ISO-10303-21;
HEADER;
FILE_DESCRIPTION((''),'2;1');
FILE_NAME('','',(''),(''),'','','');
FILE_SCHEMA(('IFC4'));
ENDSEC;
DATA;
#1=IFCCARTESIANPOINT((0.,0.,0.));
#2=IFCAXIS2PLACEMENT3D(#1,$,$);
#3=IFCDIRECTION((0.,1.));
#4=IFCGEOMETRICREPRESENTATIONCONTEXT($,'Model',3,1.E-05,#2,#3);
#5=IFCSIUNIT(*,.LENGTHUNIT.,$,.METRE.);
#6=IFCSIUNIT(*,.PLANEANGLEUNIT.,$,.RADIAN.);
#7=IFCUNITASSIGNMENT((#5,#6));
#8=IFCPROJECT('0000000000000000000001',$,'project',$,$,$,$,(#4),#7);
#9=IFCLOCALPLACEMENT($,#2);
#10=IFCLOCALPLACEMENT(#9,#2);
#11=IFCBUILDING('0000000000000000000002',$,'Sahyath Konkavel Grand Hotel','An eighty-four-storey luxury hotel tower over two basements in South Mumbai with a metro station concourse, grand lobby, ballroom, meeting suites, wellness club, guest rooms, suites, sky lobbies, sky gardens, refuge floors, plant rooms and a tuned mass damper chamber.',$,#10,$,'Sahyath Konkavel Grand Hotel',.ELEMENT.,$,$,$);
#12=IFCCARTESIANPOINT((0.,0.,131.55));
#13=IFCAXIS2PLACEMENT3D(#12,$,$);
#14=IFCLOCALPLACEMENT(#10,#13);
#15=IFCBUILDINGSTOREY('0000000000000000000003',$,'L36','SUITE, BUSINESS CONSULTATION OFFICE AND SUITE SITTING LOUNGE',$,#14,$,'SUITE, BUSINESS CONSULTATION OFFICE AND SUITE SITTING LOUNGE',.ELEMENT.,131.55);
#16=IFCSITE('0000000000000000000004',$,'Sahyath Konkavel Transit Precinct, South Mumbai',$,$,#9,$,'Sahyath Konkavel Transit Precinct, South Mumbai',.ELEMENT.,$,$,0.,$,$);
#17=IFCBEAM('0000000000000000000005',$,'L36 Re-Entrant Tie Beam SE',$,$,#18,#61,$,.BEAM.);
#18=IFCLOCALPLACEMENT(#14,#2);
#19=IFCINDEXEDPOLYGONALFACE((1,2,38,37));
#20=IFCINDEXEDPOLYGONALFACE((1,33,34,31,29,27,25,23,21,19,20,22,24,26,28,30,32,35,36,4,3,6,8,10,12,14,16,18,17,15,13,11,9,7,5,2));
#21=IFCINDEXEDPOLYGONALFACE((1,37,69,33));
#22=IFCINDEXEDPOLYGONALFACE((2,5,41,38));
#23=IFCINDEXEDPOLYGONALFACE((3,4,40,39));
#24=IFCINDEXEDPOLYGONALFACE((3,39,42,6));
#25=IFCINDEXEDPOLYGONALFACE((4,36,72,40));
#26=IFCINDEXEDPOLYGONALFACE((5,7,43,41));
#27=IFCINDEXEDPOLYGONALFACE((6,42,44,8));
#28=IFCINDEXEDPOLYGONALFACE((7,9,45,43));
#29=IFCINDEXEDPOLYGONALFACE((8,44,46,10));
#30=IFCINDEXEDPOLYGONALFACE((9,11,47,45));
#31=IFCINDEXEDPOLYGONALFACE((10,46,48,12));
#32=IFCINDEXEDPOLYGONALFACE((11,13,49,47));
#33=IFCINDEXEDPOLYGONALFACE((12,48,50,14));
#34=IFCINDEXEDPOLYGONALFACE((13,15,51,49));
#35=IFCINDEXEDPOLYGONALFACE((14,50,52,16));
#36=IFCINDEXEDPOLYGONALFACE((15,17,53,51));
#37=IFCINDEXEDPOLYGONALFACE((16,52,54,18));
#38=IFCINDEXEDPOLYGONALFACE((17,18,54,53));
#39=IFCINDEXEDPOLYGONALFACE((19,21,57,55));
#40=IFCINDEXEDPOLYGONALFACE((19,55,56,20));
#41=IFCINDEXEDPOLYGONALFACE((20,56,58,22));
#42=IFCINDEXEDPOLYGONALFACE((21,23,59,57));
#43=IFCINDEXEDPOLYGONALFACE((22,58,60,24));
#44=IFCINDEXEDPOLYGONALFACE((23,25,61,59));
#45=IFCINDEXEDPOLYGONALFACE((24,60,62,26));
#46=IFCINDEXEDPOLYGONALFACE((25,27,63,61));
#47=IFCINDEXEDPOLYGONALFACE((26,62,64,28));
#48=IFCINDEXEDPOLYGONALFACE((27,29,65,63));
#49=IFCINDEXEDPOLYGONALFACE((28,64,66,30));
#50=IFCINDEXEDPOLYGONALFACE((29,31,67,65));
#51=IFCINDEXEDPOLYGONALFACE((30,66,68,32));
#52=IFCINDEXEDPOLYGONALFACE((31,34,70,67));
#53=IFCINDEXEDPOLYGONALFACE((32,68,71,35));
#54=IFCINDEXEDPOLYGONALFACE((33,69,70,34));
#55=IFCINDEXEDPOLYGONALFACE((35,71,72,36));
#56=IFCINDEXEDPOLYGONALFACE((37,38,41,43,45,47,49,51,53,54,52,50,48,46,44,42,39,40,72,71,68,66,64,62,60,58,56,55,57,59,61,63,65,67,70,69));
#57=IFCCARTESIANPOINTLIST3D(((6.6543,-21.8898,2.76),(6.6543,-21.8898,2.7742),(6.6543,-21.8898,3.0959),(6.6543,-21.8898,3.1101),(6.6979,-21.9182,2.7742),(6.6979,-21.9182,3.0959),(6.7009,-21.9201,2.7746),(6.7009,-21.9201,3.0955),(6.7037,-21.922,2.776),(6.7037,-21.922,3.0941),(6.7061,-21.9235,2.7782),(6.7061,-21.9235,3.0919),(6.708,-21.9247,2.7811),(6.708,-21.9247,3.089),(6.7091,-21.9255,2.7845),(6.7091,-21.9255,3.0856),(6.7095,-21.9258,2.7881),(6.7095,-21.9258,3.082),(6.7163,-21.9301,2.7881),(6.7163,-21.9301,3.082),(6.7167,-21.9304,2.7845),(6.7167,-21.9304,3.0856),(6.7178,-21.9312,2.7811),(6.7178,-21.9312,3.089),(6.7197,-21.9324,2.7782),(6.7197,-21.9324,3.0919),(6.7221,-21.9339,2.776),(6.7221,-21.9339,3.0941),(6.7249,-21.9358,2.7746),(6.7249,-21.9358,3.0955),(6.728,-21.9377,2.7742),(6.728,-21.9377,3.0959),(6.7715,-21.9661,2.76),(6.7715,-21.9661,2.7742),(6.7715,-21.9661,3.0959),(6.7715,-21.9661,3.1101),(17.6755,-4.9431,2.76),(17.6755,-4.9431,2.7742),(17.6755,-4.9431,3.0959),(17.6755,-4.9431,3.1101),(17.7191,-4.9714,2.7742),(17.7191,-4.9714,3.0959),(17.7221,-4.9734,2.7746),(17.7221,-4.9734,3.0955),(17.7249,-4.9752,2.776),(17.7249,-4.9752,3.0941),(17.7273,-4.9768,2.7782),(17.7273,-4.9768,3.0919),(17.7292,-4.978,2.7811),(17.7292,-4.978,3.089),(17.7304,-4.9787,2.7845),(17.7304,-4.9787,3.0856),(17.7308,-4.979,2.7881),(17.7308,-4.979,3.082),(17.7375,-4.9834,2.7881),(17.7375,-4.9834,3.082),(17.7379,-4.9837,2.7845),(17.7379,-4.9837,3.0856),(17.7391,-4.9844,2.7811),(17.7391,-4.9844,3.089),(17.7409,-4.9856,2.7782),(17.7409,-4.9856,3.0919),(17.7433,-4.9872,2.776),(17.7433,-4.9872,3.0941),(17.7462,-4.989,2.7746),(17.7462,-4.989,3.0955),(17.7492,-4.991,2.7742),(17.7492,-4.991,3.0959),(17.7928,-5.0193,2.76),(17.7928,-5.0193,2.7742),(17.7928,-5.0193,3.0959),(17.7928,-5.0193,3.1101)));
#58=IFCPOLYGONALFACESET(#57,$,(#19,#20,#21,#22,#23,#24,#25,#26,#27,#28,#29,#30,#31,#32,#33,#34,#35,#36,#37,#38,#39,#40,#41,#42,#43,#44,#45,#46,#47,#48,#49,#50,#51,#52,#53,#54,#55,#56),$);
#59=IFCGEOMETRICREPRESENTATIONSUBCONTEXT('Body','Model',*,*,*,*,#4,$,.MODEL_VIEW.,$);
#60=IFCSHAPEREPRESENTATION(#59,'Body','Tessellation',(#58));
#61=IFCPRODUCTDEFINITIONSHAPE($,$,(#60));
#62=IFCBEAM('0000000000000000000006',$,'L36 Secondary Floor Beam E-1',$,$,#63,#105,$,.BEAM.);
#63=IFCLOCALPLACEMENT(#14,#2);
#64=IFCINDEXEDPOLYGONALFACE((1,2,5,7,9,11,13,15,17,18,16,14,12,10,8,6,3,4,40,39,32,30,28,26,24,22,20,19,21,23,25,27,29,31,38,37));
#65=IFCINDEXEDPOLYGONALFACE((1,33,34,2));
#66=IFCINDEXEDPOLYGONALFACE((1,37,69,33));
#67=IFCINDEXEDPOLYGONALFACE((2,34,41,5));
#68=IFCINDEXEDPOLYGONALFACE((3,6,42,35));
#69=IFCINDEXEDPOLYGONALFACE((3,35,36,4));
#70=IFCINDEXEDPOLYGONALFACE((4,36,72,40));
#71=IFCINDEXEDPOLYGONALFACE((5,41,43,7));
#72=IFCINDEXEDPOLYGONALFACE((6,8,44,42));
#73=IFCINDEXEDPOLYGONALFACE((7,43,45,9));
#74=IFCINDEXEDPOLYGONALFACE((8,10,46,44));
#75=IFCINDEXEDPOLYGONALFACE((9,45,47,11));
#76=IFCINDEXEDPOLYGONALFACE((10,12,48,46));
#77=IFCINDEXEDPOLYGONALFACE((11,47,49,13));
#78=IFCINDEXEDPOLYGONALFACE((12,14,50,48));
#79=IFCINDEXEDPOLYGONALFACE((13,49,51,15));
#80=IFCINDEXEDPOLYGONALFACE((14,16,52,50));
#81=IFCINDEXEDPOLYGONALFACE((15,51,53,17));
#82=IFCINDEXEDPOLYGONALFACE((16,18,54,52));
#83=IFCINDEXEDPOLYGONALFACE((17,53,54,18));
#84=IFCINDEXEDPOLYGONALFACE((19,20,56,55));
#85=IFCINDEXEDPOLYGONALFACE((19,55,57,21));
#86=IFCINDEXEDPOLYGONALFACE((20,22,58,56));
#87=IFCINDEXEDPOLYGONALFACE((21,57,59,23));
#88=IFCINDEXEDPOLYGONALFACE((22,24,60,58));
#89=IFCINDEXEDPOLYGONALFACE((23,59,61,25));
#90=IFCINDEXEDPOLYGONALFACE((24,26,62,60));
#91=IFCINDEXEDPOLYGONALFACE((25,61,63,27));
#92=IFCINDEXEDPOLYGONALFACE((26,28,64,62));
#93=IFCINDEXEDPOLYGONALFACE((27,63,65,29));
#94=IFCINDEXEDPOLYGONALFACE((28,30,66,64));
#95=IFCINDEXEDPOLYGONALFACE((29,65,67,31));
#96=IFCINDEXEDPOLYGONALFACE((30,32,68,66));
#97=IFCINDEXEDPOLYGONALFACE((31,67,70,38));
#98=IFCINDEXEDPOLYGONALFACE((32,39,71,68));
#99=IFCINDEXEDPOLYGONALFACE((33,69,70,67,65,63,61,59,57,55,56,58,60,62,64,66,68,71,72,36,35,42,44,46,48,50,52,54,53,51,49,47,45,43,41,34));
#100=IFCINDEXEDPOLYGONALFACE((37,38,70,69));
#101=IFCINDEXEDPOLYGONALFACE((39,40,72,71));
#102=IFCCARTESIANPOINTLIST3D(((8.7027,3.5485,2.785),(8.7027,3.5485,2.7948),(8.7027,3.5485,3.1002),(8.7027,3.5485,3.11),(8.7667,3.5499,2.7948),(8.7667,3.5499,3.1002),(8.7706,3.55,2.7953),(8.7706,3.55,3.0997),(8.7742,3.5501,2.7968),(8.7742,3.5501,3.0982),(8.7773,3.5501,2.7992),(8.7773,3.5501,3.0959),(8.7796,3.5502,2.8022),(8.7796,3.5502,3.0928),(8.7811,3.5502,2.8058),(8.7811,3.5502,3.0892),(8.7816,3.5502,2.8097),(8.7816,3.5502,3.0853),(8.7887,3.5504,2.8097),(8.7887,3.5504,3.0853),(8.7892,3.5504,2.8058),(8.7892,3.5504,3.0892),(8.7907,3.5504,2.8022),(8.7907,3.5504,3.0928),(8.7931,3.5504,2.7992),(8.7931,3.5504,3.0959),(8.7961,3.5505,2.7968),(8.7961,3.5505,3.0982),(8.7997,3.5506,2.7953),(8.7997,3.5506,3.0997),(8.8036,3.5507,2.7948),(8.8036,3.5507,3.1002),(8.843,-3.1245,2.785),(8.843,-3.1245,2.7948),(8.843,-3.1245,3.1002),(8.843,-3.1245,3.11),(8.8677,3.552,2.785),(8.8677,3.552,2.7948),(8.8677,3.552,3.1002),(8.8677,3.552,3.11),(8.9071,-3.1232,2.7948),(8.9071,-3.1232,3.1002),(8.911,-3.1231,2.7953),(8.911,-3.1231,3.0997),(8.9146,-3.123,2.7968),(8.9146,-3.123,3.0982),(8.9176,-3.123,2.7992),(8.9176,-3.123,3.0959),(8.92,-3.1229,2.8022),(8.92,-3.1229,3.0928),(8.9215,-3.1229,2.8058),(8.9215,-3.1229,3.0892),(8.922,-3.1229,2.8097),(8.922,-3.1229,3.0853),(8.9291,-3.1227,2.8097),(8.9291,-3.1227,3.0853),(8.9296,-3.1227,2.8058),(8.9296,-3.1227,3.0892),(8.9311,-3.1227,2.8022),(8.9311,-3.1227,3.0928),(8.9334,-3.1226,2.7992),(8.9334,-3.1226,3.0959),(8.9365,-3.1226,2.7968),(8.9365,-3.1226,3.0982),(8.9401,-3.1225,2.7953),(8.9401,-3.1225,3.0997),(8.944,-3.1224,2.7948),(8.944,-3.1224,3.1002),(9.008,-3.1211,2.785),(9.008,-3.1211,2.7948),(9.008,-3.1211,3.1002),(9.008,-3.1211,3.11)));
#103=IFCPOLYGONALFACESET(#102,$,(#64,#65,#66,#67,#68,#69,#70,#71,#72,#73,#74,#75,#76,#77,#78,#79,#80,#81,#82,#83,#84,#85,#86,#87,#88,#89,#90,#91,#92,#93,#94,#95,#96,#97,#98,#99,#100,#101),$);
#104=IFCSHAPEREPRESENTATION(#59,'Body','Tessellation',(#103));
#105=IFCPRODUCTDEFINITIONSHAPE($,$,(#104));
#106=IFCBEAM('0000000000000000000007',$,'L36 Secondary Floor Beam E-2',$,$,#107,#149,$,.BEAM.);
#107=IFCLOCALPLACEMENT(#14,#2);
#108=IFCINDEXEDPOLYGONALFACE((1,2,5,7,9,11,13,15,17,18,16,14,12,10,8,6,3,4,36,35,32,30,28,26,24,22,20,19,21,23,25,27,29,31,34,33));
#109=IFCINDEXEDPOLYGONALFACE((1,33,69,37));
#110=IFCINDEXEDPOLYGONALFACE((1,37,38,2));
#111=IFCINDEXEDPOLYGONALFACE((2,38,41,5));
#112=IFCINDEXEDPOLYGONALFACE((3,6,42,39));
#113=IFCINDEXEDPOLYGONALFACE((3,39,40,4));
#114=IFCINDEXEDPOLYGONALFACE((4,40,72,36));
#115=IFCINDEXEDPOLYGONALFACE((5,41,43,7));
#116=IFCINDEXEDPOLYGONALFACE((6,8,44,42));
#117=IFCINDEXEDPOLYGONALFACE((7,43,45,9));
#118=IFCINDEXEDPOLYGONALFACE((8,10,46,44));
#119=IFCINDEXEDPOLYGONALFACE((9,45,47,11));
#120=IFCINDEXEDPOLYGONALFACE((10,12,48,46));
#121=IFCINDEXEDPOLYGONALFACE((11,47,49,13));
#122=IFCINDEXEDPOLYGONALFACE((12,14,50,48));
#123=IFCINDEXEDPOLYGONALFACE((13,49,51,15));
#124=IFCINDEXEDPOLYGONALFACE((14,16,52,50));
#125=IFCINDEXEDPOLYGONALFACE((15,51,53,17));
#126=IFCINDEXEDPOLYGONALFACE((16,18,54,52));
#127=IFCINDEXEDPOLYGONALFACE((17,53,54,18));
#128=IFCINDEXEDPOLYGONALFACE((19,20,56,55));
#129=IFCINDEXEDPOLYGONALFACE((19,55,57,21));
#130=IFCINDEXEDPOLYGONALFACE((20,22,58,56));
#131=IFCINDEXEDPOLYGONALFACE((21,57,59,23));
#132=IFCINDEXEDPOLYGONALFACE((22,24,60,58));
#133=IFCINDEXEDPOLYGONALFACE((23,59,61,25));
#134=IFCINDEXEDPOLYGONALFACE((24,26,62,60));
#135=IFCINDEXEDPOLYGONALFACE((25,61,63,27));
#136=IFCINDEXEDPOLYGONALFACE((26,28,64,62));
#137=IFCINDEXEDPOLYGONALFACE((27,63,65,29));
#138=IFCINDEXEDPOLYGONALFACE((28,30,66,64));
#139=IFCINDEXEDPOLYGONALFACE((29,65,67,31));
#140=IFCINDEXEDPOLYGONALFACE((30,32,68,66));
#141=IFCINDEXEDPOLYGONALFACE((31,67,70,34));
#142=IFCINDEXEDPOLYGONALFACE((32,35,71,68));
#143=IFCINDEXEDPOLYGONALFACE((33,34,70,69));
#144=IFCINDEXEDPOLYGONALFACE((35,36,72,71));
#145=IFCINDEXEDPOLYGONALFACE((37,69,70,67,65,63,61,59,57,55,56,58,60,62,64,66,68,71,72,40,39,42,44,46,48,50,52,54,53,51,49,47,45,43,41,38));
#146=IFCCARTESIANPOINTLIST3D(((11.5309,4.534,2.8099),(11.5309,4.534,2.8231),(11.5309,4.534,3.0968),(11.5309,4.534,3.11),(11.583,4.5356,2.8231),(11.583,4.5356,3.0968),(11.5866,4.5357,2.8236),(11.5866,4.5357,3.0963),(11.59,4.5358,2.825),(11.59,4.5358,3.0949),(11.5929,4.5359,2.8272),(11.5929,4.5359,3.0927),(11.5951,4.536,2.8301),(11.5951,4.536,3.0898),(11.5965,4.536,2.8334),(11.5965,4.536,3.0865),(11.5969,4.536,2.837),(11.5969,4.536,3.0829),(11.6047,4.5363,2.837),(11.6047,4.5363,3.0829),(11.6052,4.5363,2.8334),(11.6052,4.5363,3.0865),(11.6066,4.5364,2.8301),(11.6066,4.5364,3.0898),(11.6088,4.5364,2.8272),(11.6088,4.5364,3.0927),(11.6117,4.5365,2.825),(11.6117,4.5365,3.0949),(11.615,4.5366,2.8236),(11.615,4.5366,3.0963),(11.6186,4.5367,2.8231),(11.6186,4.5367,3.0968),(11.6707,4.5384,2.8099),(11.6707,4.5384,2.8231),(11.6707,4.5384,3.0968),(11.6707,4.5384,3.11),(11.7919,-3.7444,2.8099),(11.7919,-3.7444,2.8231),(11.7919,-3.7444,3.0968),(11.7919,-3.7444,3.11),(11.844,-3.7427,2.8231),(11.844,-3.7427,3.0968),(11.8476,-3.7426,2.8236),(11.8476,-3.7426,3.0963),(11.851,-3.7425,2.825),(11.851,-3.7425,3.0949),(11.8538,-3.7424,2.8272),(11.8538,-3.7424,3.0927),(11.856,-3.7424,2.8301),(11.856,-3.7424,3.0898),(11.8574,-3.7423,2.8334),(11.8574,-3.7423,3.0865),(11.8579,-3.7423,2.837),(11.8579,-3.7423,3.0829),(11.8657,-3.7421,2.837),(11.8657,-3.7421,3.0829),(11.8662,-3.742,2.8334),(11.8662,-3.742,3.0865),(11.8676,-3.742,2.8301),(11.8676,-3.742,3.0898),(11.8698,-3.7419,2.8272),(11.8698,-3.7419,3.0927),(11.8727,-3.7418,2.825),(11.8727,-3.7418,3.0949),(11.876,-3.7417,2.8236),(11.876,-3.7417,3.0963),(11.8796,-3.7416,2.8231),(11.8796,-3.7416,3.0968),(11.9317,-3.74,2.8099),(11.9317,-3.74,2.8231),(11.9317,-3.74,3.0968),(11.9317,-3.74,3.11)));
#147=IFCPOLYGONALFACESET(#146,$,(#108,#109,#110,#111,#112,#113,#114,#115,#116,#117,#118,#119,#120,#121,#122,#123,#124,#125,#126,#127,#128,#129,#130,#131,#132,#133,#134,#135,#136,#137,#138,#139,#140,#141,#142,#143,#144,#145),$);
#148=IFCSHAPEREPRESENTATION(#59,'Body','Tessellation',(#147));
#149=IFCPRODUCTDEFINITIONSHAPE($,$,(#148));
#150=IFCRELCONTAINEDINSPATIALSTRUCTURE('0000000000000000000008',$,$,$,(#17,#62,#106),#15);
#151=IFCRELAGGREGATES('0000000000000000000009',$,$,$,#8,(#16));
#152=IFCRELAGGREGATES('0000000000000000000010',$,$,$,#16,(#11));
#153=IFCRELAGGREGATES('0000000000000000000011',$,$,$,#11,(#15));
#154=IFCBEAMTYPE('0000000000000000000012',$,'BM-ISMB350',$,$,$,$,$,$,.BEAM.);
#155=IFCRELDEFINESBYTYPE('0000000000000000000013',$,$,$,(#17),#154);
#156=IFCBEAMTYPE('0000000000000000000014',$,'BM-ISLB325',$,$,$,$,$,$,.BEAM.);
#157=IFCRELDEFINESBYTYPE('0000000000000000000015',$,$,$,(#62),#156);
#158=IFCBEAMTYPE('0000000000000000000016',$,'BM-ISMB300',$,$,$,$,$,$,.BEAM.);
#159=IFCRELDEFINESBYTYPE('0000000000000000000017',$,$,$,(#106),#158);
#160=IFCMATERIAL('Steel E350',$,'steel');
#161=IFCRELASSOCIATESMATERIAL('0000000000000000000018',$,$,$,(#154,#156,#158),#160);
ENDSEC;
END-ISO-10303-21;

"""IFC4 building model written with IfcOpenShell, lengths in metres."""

from ifc_helpers import new_model, si_unit, direction, frame, origin, origin_2d, place, context, subcontext, project, spatial, i_section, extrude, source, transform, mapped, material, material_profile, profile_set, type_object, element, save


model = new_model("IFC4")

# Units and contexts
model_context = context("Model", 3, precision=1e-05, world=origin(), true_north=direction((0.0, 1.0)))
body_context = subcontext(model_context, "Body", "Model", "MODEL_VIEW")
ifc_project = project(units=[si_unit("LENGTHUNIT", "METRE"), si_unit("PLANEANGLEUNIT", "RADIAN")], contexts=[model_context])

# Site, building, storey
site_placement = place(None, origin())
site = spatial("IfcSite", under=ifc_project, at=site_placement, Name="Sahyath Konkavel Transit Precinct, South Mumbai", LongName="Sahyath Konkavel Transit Precinct, South Mumbai", CompositionType="ELEMENT", RefElevation=0.0)
building_placement = place(site_placement, origin())
building = spatial("IfcBuilding", under=site, at=building_placement, Name="Sahyath Konkavel Grand Hotel", Description="An eighty-four-storey luxury hotel tower over two basements in South Mumbai with a metro station concourse, grand lobby, ballroom, meeting suites, wellness club, guest rooms, suites, sky lobbies, sky gardens, refuge floors, plant rooms and a tuned mass damper chamber.", LongName="Sahyath Konkavel Grand Hotel", CompositionType="ELEMENT")
storey_placement = place(building_placement, frame((0.0, 0.0, 131.55)))
storey = spatial("IfcBuildingStorey", under=building, at=storey_placement, Name="L36", Description="SUITE, BUSINESS CONSULTATION OFFICE AND SUITE SITTING LOUNGE", LongName="SUITE, BUSINESS CONSULTATION OFFICE AND SUITE SITTING LOUNGE", CompositionType="ELEMENT", Elevation=131.55)

# Beams
ifc_material_1 = material(Name="Steel E350", Category="steel")
ifc_material_profile_1 = material_profile(ifc_material_1, i_section(OverallWidth=0.1399, OverallDepth=0.3501, WebThickness=0.0081, FlangeThickness=0.0142, FilletRadius=0.0139, at=origin_2d()), Name="ISMB 350")
ifc_profile_set_1 = profile_set([ifc_material_profile_1], Name="Steel E350")
beam_type_1 = type_object("IfcBeamType", Name="BM-ISMB350", PredefinedType="BEAM", material=ifc_profile_set_1)
shared_shape_1 = source(origin(), body_context, "Body", "SweptSolid", [
    extrude(i_section(OverallWidth=0.1399, OverallDepth=0.3501, WebThickness=0.0081, FlangeThickness=0.0142, FilletRadius=0.0139, at=origin_2d()), origin(), (0.0, 0.0, 1.0), 20.2153),
])
beam_1_placement = place(storey_placement, frame((17.7341, -4.9812, 2.9351), z_axis=(-0.545191, -0.838312, 0.0), x_axis=(0.838312, -0.545191, 0.0)))
element("IfcBeam", 1, at=beam_1_placement, inside=storey, type_object=beam_type_1, Name="L36 Re-Entrant Tie Beam SE", PredefinedType="BEAM", context=body_context, shape_type="MappedRepresentation", body=[
    mapped(shared_shape_1, transform((0.0, 0.0, 0.0), scale=1.0)),
])
ifc_material_profile_2 = material_profile(ifc_material_1, i_section(OverallWidth=0.165, OverallDepth=0.325, WebThickness=0.0071, FlangeThickness=0.0098, FilletRadius=0.0149, at=origin_2d()), Name="ISLB 325")
ifc_profile_set_2 = profile_set([ifc_material_profile_2], Name="Steel E350")
beam_type_2 = type_object("IfcBeamType", Name="BM-ISLB325", PredefinedType="BEAM", material=ifc_profile_set_2)
shared_shape_2 = source(origin(), body_context, "Body", "SweptSolid", [
    extrude(i_section(OverallWidth=0.165, OverallDepth=0.325, WebThickness=0.0071, FlangeThickness=0.0098, FilletRadius=0.0149, at=origin_2d()), origin(), (0.0, 0.0, 1.0), 6.6746),
])
beam_2_placement = place(storey_placement, frame((8.9255, -3.1228, 2.9475), z_axis=(-0.021032, 0.999779, 0.0), x_axis=(-0.999779, -0.021032, 0.0)))
element("IfcBeam", 2, at=beam_2_placement, inside=storey, type_object=beam_type_2, Name="L36 Secondary Floor Beam E-1", PredefinedType="BEAM", context=body_context, shape_type="MappedRepresentation", body=[
    mapped(shared_shape_2, transform((0.0, 0.0, 0.0), scale=1.0)),
])
ifc_material_profile_3 = material_profile(ifc_material_1, i_section(OverallWidth=0.1399, OverallDepth=0.3, WebThickness=0.0078, FlangeThickness=0.0132, FilletRadius=0.0139, at=origin_2d()), Name="ISMB 300")
ifc_profile_set_3 = profile_set([ifc_material_profile_3], Name="Steel E350")
beam_type_3 = type_object("IfcBeamType", Name="BM-ISMB300", PredefinedType="BEAM", material=ifc_profile_set_3)
shared_shape_3 = source(origin(), body_context, "Body", "SweptSolid", [
    extrude(i_section(OverallWidth=0.1399, OverallDepth=0.3, WebThickness=0.0078, FlangeThickness=0.0132, FilletRadius=0.0139, at=origin_2d()), origin(), (0.0, 0.0, 1.0), 8.2825),
])
beam_3_placement = place(storey_placement, frame((11.8618, -3.7422, 2.96), z_axis=(-0.031511, 0.999503, 0.0), x_axis=(-0.999503, -0.031511, 0.0)))
element("IfcBeam", 3, at=beam_3_placement, inside=storey, type_object=beam_type_3, Name="L36 Secondary Floor Beam E-2", PredefinedType="BEAM", context=body_context, shape_type="MappedRepresentation", body=[
    mapped(shared_shape_3, transform((0.0, 0.0, 0.0), scale=1.0)),
])

save(model, "model.ifc")
